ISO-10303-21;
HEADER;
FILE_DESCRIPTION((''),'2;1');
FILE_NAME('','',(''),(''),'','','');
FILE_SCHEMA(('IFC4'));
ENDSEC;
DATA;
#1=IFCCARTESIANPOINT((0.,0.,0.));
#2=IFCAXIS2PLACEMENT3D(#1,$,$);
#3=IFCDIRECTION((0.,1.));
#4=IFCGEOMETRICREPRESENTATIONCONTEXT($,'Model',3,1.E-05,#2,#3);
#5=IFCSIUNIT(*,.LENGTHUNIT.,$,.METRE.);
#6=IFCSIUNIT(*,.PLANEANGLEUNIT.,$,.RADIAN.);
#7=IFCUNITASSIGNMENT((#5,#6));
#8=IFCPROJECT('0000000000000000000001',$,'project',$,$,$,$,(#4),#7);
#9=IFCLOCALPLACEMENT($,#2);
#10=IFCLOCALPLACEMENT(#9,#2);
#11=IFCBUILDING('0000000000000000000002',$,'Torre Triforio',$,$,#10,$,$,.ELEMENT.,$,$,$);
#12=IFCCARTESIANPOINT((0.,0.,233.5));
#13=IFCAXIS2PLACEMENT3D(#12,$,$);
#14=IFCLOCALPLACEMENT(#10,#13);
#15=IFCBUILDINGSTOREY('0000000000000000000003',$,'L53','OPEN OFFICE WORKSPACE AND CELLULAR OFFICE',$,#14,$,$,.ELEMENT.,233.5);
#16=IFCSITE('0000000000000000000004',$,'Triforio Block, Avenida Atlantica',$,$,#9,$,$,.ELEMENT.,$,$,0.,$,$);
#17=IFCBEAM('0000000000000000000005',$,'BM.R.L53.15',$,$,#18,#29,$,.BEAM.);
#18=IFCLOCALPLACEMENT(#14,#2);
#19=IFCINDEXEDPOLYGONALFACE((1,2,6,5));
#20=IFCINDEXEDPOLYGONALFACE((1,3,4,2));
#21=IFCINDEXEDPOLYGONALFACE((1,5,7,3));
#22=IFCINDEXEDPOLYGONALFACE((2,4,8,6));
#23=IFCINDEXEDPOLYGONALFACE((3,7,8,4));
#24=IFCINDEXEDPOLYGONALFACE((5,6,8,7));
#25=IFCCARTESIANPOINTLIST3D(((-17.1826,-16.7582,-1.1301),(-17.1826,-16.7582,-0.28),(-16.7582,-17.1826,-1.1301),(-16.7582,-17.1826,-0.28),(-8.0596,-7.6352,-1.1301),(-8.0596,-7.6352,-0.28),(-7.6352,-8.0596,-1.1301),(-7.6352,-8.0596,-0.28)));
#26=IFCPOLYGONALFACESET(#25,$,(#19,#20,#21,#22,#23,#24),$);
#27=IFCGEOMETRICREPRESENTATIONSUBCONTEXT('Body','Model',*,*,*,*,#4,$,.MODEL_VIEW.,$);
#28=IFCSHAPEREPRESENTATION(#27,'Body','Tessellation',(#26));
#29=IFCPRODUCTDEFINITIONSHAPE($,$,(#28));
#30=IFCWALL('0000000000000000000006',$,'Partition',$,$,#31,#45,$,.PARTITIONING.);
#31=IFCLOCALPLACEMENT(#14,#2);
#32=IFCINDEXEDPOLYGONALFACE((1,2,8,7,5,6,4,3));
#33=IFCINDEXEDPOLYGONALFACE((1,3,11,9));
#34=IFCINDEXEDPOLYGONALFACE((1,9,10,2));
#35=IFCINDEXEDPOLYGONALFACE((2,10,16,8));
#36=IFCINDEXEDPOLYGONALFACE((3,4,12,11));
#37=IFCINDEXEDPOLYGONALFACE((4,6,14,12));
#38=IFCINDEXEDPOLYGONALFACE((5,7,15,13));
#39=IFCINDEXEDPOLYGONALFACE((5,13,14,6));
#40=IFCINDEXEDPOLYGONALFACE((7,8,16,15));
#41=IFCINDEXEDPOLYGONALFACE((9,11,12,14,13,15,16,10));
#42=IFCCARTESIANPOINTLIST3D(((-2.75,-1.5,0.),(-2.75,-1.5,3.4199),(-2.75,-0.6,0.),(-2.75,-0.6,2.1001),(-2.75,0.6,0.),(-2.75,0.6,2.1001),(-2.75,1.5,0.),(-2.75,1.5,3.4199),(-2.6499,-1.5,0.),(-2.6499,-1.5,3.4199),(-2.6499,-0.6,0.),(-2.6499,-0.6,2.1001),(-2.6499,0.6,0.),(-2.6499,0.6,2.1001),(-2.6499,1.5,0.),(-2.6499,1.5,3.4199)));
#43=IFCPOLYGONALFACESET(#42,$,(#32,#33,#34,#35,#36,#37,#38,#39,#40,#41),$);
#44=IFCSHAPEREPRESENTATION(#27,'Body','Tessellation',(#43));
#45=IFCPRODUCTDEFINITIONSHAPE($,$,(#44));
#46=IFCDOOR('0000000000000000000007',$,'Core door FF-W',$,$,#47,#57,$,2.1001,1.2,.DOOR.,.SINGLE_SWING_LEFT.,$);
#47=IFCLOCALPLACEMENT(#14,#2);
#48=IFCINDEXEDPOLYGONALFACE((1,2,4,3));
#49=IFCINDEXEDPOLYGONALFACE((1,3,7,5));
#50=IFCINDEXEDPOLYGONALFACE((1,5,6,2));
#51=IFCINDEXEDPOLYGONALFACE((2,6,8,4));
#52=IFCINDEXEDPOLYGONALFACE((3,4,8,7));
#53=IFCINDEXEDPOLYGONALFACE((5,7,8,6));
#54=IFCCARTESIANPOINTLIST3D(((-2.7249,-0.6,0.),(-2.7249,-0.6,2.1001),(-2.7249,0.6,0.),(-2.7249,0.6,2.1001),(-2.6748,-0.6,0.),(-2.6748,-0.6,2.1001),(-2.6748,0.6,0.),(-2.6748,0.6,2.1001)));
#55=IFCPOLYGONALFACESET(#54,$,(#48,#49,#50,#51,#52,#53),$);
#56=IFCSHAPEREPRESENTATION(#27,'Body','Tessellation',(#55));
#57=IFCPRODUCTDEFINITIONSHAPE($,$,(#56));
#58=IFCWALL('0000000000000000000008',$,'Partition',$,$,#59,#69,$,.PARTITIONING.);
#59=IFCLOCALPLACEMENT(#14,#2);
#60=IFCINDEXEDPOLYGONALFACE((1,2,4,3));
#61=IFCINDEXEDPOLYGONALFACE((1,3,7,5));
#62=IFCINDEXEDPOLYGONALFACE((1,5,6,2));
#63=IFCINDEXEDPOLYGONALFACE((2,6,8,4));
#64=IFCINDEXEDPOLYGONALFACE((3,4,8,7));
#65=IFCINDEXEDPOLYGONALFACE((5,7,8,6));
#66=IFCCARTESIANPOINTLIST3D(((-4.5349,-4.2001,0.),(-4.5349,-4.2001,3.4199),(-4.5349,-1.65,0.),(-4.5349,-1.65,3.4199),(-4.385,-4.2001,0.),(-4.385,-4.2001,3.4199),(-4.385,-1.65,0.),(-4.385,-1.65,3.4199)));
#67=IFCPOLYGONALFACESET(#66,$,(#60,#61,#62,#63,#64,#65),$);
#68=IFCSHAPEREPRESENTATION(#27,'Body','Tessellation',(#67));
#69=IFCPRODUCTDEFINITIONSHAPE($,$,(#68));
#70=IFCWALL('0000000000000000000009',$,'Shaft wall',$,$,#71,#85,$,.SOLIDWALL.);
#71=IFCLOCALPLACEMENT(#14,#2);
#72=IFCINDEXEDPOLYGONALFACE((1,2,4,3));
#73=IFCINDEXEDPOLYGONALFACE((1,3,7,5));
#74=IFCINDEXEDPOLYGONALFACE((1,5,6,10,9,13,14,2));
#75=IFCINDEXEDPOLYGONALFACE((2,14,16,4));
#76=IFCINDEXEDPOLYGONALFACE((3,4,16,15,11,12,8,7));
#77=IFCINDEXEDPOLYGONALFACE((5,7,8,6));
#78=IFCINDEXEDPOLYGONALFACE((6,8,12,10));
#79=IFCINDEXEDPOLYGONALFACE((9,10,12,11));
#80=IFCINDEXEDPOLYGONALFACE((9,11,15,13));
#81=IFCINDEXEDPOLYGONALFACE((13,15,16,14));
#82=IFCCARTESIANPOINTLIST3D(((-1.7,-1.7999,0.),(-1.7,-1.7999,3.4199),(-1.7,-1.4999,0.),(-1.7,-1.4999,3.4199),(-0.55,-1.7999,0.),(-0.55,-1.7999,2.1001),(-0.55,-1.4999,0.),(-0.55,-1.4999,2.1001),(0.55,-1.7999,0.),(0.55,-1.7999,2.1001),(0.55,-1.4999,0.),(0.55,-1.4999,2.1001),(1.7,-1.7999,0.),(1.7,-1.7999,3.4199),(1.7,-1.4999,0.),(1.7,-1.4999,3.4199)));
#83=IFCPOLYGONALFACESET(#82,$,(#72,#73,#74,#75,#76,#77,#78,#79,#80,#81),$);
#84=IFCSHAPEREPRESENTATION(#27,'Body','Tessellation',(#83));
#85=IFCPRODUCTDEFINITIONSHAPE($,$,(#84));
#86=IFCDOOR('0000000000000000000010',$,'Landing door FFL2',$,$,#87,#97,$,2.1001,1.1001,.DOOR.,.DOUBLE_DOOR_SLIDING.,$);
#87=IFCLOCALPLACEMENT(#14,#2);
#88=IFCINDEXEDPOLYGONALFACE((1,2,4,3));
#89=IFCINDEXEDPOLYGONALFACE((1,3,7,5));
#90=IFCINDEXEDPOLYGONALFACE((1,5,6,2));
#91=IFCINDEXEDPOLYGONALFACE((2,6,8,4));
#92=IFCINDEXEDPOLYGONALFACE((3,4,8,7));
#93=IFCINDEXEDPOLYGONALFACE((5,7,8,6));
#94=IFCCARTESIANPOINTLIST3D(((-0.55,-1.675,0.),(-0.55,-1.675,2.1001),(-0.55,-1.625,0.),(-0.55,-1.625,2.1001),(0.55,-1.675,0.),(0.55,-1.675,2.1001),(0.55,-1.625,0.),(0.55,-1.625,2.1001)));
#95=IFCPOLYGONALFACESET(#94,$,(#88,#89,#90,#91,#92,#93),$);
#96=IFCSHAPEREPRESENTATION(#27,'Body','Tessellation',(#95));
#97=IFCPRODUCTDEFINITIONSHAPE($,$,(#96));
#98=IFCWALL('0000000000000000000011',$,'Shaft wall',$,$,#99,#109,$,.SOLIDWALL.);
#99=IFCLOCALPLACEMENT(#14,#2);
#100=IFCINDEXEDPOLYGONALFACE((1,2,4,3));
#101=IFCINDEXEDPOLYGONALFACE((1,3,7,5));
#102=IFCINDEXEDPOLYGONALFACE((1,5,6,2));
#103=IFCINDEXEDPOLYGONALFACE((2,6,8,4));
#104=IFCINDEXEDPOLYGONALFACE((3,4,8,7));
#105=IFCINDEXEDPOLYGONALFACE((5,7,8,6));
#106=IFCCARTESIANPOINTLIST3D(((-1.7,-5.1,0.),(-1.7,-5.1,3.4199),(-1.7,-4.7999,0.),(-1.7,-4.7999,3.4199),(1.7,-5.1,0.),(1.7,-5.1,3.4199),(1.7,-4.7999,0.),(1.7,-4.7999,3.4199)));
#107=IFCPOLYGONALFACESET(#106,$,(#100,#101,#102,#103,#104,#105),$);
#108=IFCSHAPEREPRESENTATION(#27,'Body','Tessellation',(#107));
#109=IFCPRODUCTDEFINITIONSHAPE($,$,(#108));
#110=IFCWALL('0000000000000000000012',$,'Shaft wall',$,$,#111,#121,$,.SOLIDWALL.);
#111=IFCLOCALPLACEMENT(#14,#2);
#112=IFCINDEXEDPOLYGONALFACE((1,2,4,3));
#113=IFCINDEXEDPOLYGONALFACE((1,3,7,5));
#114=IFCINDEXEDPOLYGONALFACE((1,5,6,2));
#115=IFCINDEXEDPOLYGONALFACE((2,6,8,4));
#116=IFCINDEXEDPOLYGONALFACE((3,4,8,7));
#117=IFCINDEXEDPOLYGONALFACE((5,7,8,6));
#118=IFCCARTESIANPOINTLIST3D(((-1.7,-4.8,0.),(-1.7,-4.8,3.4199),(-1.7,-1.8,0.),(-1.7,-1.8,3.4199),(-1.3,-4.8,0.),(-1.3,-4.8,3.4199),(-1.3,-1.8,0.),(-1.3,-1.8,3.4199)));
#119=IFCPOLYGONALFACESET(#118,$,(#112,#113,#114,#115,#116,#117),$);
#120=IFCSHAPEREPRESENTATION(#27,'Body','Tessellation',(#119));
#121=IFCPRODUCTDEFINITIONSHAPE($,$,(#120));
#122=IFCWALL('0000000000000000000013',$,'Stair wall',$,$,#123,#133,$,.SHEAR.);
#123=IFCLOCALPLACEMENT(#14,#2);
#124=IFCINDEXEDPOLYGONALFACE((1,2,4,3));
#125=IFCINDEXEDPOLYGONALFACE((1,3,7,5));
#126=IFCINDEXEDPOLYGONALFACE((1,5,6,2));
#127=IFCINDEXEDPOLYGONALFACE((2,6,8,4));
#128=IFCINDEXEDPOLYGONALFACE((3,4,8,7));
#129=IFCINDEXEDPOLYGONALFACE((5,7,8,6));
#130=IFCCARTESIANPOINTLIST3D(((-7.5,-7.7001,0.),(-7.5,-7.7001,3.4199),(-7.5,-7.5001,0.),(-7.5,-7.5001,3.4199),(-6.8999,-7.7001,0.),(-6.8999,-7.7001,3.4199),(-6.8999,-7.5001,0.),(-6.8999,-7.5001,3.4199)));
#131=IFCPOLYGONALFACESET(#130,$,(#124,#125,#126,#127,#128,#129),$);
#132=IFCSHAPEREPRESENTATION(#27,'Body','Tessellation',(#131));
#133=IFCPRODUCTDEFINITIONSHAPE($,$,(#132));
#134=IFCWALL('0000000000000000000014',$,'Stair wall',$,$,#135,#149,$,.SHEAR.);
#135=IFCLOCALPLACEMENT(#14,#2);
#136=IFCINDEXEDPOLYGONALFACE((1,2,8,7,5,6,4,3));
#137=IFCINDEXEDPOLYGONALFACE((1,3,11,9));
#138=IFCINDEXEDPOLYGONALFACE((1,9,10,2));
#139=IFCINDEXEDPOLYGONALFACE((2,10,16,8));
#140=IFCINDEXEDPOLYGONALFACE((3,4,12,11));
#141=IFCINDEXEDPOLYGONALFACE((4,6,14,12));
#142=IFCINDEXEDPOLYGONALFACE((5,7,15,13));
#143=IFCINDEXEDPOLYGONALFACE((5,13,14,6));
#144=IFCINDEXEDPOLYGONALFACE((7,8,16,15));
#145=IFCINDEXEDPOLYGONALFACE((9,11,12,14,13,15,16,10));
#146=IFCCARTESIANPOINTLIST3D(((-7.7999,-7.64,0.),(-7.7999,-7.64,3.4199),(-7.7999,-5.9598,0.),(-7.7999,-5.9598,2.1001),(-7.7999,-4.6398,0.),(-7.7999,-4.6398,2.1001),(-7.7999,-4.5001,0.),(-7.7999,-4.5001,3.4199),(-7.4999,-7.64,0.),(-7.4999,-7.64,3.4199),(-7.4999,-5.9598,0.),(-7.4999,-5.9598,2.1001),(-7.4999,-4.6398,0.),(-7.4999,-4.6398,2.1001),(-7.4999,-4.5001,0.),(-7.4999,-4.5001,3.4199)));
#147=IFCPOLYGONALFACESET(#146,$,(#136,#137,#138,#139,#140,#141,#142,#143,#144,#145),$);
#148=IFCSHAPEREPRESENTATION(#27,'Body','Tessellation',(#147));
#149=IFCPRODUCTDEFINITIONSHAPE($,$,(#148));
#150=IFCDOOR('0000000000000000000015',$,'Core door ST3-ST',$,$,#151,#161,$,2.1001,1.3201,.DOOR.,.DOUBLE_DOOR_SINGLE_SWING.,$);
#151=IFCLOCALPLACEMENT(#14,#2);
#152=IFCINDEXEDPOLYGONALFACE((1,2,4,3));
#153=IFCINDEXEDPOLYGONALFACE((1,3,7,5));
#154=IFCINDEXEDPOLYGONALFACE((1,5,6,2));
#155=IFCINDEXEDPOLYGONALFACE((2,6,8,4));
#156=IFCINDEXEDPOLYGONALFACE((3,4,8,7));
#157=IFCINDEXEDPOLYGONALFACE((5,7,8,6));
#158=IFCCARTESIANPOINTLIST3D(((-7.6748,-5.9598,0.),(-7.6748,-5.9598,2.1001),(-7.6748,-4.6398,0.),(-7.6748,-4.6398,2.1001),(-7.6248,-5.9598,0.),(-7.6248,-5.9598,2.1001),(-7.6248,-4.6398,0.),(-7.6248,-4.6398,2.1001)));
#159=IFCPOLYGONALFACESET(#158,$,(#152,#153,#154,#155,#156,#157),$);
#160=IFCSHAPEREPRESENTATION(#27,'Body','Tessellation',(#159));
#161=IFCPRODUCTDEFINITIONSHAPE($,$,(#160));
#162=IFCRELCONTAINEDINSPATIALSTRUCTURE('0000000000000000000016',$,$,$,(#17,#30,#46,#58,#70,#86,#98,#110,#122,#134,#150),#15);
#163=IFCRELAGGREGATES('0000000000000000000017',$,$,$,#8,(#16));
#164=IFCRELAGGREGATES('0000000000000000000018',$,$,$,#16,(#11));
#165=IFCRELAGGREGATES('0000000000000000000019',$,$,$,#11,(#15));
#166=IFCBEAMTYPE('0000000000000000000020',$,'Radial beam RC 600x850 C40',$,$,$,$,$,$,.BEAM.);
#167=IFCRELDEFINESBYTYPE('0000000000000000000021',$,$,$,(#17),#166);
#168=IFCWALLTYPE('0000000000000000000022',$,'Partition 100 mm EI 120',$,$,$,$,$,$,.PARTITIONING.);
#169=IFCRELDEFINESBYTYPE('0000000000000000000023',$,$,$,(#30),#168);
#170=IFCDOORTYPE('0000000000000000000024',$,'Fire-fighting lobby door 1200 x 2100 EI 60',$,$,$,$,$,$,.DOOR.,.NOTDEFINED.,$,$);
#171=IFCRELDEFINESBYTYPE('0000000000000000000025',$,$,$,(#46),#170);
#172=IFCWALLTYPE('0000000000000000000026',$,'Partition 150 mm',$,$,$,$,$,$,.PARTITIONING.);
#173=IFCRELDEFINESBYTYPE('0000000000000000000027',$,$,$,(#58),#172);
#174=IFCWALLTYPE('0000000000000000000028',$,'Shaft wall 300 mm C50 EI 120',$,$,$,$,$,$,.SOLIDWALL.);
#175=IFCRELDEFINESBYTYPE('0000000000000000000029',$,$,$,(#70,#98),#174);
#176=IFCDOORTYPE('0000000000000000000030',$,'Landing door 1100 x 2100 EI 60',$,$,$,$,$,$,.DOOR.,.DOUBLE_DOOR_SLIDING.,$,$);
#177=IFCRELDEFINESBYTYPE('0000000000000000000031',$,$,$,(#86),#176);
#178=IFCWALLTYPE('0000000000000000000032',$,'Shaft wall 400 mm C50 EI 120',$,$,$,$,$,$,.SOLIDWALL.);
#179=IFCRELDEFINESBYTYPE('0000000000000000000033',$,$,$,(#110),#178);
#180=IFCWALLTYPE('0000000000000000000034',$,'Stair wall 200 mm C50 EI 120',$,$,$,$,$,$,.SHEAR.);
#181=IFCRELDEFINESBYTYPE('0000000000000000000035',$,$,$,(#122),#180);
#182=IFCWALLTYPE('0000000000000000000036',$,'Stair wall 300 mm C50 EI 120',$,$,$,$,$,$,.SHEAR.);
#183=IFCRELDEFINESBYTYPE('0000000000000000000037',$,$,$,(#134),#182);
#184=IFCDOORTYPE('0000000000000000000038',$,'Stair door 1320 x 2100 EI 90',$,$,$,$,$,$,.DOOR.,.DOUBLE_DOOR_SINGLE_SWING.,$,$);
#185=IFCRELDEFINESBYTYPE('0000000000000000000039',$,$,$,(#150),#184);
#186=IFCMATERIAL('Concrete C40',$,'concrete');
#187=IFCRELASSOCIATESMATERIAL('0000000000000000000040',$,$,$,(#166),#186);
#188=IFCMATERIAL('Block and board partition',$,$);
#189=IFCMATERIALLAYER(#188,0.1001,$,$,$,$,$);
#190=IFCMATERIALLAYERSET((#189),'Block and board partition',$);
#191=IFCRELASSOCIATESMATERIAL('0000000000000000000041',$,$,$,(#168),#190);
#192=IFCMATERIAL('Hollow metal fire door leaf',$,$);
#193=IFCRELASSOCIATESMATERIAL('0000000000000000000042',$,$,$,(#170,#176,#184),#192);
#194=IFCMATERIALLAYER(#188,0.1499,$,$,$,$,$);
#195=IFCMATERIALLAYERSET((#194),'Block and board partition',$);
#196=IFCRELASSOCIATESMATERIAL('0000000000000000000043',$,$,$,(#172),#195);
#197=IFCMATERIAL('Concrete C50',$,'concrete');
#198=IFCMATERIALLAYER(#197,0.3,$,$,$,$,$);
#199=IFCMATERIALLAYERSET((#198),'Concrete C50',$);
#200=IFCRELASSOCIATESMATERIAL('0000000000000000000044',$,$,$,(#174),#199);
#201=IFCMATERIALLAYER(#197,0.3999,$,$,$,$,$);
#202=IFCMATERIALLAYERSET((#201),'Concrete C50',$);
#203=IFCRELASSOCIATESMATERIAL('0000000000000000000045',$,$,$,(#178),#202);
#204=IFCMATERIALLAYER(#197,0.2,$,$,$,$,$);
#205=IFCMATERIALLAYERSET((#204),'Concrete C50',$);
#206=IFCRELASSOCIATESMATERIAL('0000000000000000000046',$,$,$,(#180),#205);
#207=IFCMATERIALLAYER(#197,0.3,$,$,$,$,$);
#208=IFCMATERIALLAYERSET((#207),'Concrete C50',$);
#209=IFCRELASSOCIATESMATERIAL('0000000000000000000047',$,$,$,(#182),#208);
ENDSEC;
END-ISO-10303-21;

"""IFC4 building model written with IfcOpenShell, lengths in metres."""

from ifc_helpers import new_model, si_unit, direction, frame, frame_2d, origin, origin_2d, place, context, subcontext, project, spatial, rectangle, extrude, material, layer, layer_set, material_profile, profile_set, type_object, element, fill, save


model = new_model("IFC4")

# Units and contexts
model_context = context("Model", 3, precision=1e-05, world=origin(), true_north=direction((0.0, 1.0)))
body_context = subcontext(model_context, "Body", "Model", "MODEL_VIEW")
ifc_project = project(units=[si_unit("LENGTHUNIT", "METRE"), si_unit("PLANEANGLEUNIT", "RADIAN")], contexts=[model_context])

# Site, building, storey
site_placement = place(None, origin())
site = spatial("IfcSite", under=ifc_project, at=site_placement, Name="Triforio Block, Avenida Atlantica", CompositionType="ELEMENT", RefElevation=0.0)
building_placement = place(site_placement, origin())
building = spatial("IfcBuilding", under=site, at=building_placement, Name="Torre Triforio", CompositionType="ELEMENT")
storey_placement = place(building_placement, frame((0.0, 0.0, 233.5)))
storey = spatial("IfcBuildingStorey", under=building, at=storey_placement, Name="L53", Description="OPEN OFFICE WORKSPACE AND CELLULAR OFFICE", CompositionType="ELEMENT", Elevation=233.5)

# Beam
ifc_material_1 = material(Name="Concrete C40", Category="concrete")
ifc_material_profile = material_profile(ifc_material_1, rectangle(XDim=0.6001, YDim=0.8501, at=origin_2d()), Name="RC 600x850")
ifc_profile_set = profile_set([ifc_material_profile], Name="Concrete C40")
beam_type = type_object("IfcBeamType", Name="Radial beam RC 600x850 C40", PredefinedType="BEAM", material=ifc_profile_set)
beam_placement = place(storey_placement, frame((-7.8474, -7.8474, -0.7051), z_axis=(-0.707107, -0.707107, 0.0), x_axis=(0.707107, -0.707107, 0.0)))
element("IfcBeam", 1, at=beam_placement, inside=storey, type_object=beam_type, Name="BM.R.L53.15", PredefinedType="BEAM", context=body_context, shape_type="SweptSolid", body=[
    extrude(rectangle(XDim=0.6001, YDim=0.8501, at=origin_2d()), origin(), (0.0, 0.0, 1.0), 12.9019),
])

# Wall, opening, door
ifc_material_2 = material(Name="Block and board partition")
ifc_layer_1 = layer(ifc_material_2, 0.1001)
ifc_layer_set_1 = layer_set([ifc_layer_1], Name="Block and board partition")
wall_type_1 = type_object("IfcWallType", Name="Partition 100 mm EI 120", PredefinedType="PARTITIONING", material=ifc_layer_set_1)
wall_1_placement = place(storey_placement, frame((-2.7, -1.5, 0.0), z_axis=(0.0, 0.0, 1.0), x_axis=(0.0, 1.0, 0.0)))
wall_1 = element("IfcWall", 2, at=wall_1_placement, inside=storey, type_object=wall_type_1, Name="Partition", PredefinedType="PARTITIONING", context=body_context, shape_type="SweptSolid", body=[
    extrude(rectangle(XDim=3.0, YDim=0.1001, at=frame_2d((1.5, 0.0))), origin(), (0.0, 0.0, 1.0), 3.4199),
])
opening_1_placement = place(wall_1_placement, frame((0.8999, 0.0, 0.0)))
opening_1 = element("IfcOpeningElement", 3, at=opening_1_placement, cuts=wall_1, PredefinedType="OPENING", context=body_context, shape_type="SweptSolid", body=[
    extrude(rectangle(XDim=1.2, YDim=2.1001, at=frame_2d((0.6001, 1.05))), frame((0.0, 0.0601, 0.0), z_axis=(0.0, -1.0, 0.0), x_axis=(1.0, 0.0, 0.0)), (0.0, 0.0, 1.0), 0.1201),
])
ifc_material_3 = material(Name="Hollow metal fire door leaf")
door_type_1 = type_object("IfcDoorType", Name="Fire-fighting lobby door 1200 x 2100 EI 60", OperationType="NOTDEFINED", PredefinedType="DOOR", material=ifc_material_3)
door_1_placement = place(opening_1_placement, origin())
door_1 = element("IfcDoor", 4, at=door_1_placement, inside=storey, type_object=door_type_1, Name="Core door FF-W", OperationType="SINGLE_SWING_LEFT", OverallHeight=2.1001, OverallWidth=1.2, PredefinedType="DOOR", context=body_context, shape_type="SweptSolid", body=[
    extrude(rectangle(XDim=1.2, YDim=2.1001, at=frame_2d((0.6001, 1.05))), frame((0.0, 0.0249, 0.0), z_axis=(0.0, -1.0, 0.0), x_axis=(1.0, 0.0, 0.0)), (0.0, 0.0, 1.0), 0.05),
])
fill(opening_1, door_1)

# Wall
ifc_layer_2 = layer(ifc_material_2, 0.1499)
ifc_layer_set_2 = layer_set([ifc_layer_2], Name="Block and board partition")
wall_type_2 = type_object("IfcWallType", Name="Partition 150 mm", PredefinedType="PARTITIONING", material=ifc_layer_set_2)
wall_2_placement = place(storey_placement, frame((-4.46, -4.2, 0.0), z_axis=(0.0, 0.0, 1.0), x_axis=(0.0, 1.0, 0.0)))
element("IfcWall", 5, at=wall_2_placement, inside=storey, type_object=wall_type_2, Name="Partition", PredefinedType="PARTITIONING", context=body_context, shape_type="SweptSolid", body=[
    extrude(rectangle(XDim=2.55, YDim=0.1499, at=frame_2d((1.2749, 0.0))), origin(), (0.0, 0.0, 1.0), 3.4199),
])

# Wall, opening, door
ifc_material_4 = material(Name="Concrete C50", Category="concrete")
ifc_layer_3 = layer(ifc_material_4, 0.3)
ifc_layer_set_3 = layer_set([ifc_layer_3], Name="Concrete C50")
wall_type_3 = type_object("IfcWallType", Name="Shaft wall 300 mm C50 EI 120", PredefinedType="SOLIDWALL", material=ifc_layer_set_3)
wall_3_placement = place(storey_placement, frame((-1.7, -1.6499, 0.0), z_axis=(0.0, 0.0, 1.0), x_axis=(1.0, 0.0, 0.0)))
wall_3 = element("IfcWall", 6, at=wall_3_placement, inside=storey, type_object=wall_type_3, Name="Shaft wall", PredefinedType="SOLIDWALL", context=body_context, shape_type="SweptSolid", body=[
    extrude(rectangle(XDim=3.3999, YDim=0.3, at=frame_2d((1.7, 0.0))), origin(), (0.0, 0.0, 1.0), 3.4199),
])
opening_2_placement = place(wall_3_placement, frame((1.1499, 0.0, 0.0)))
opening_2 = element("IfcOpeningElement", 7, at=opening_2_placement, cuts=wall_3, PredefinedType="OPENING", context=body_context, shape_type="SweptSolid", body=[
    extrude(rectangle(XDim=1.1001, YDim=2.1001, at=frame_2d((0.55, 1.05))), frame((0.0, 0.1599, 0.0), z_axis=(0.0, -1.0, 0.0), x_axis=(1.0, 0.0, 0.0)), (0.0, 0.0, 1.0), 0.3201),
])
door_type_2 = type_object("IfcDoorType", Name="Landing door 1100 x 2100 EI 60", OperationType="DOUBLE_DOOR_SLIDING", PredefinedType="DOOR", material=ifc_material_3)
door_2_placement = place(opening_2_placement, origin())
door_2 = element("IfcDoor", 8, at=door_2_placement, inside=storey, type_object=door_type_2, Name="Landing door FFL2", OperationType="DOUBLE_DOOR_SLIDING", OverallHeight=2.1001, OverallWidth=1.1001, PredefinedType="DOOR", context=body_context, shape_type="SweptSolid", body=[
    extrude(rectangle(XDim=1.1001, YDim=2.1001, at=frame_2d((0.55, 1.05))), frame((0.0, 0.0249, 0.0), z_axis=(0.0, -1.0, 0.0), x_axis=(1.0, 0.0, 0.0)), (0.0, 0.0, 1.0), 0.05),
])
fill(opening_2, door_2)

# Walls
wall_4_placement = place(storey_placement, frame((-1.7, -4.95, 0.0), z_axis=(0.0, 0.0, 1.0), x_axis=(1.0, 0.0, 0.0)))
element("IfcWall", 9, at=wall_4_placement, inside=storey, type_object=wall_type_3, Name="Shaft wall", PredefinedType="SOLIDWALL", context=body_context, shape_type="SweptSolid", body=[
    extrude(rectangle(XDim=3.3999, YDim=0.3, at=frame_2d((1.7, 0.0))), origin(), (0.0, 0.0, 1.0), 3.4199),
])
ifc_layer_4 = layer(ifc_material_4, 0.3999)
ifc_layer_set_4 = layer_set([ifc_layer_4], Name="Concrete C50")
wall_type_4 = type_object("IfcWallType", Name="Shaft wall 400 mm C50 EI 120", PredefinedType="SOLIDWALL", material=ifc_layer_set_4)
wall_5_placement = place(storey_placement, frame((-1.5, -4.8, 0.0), z_axis=(0.0, 0.0, 1.0), x_axis=(0.0, 1.0, 0.0)))
element("IfcWall", 10, at=wall_5_placement, inside=storey, type_object=wall_type_4, Name="Shaft wall", PredefinedType="SOLIDWALL", context=body_context, shape_type="SweptSolid", body=[
    extrude(rectangle(XDim=3.0, YDim=0.3999, at=frame_2d((1.5, 0.0))), origin(), (0.0, 0.0, 1.0), 3.4199),
])
ifc_layer_5 = layer(ifc_material_4, 0.2)
ifc_layer_set_5 = layer_set([ifc_layer_5], Name="Concrete C50")
wall_type_5 = type_object("IfcWallType", Name="Stair wall 200 mm C50 EI 120", PredefinedType="SHEAR", material=ifc_layer_set_5)
wall_6_placement = place(storey_placement, frame((-7.5, -7.6001, 0.0), z_axis=(0.0, 0.0, 1.0), x_axis=(1.0, 0.0, 0.0)))
element("IfcWall", 11, at=wall_6_placement, inside=storey, type_object=wall_type_5, Name="Stair wall", PredefinedType="SHEAR", context=body_context, shape_type="SweptSolid", body=[
    extrude(rectangle(XDim=0.6001, YDim=0.2, at=frame_2d((0.3, 0.0))), origin(), (0.0, 0.0, 1.0), 3.4199),
])

# Wall, opening, door
ifc_layer_6 = layer(ifc_material_4, 0.3)
ifc_layer_set_6 = layer_set([ifc_layer_6], Name="Concrete C50")
wall_type_6 = type_object("IfcWallType", Name="Stair wall 300 mm C50 EI 120", PredefinedType="SHEAR", material=ifc_layer_set_6)
wall_7_placement = place(storey_placement, frame((-7.6499, -7.6399, 0.0), z_axis=(0.0, 0.0, 1.0), x_axis=(0.0, 1.0, 0.0)))
wall_7 = element("IfcWall", 12, at=wall_7_placement, inside=storey, type_object=wall_type_6, Name="Stair wall", PredefinedType="SHEAR", context=body_context, shape_type="SweptSolid", body=[
    extrude(rectangle(XDim=3.1399, YDim=0.3, at=frame_2d((1.5698, 0.0))), origin(), (0.0, 0.0, 1.0), 3.4199),
])
opening_3_placement = place(wall_7_placement, frame((1.6799, 0.0, 0.0)))
opening_3 = element("IfcOpeningElement", 13, at=opening_3_placement, cuts=wall_7, PredefinedType="OPENING", context=body_context, shape_type="SweptSolid", body=[
    extrude(rectangle(XDim=1.3201, YDim=2.1001, at=frame_2d((0.6602, 1.05))), frame((0.0, 0.1599, 0.0), z_axis=(0.0, -1.0, 0.0), x_axis=(1.0, 0.0, 0.0)), (0.0, 0.0, 1.0), 0.3201),
])
door_type_3 = type_object("IfcDoorType", Name="Stair door 1320 x 2100 EI 90", OperationType="DOUBLE_DOOR_SINGLE_SWING", PredefinedType="DOOR", material=ifc_material_3)
door_3_placement = place(opening_3_placement, origin())
door_3 = element("IfcDoor", 14, at=door_3_placement, inside=storey, type_object=door_type_3, Name="Core door ST3-ST", OperationType="DOUBLE_DOOR_SINGLE_SWING", OverallHeight=2.1001, OverallWidth=1.3201, PredefinedType="DOOR", context=body_context, shape_type="SweptSolid", body=[
    extrude(rectangle(XDim=1.3201, YDim=2.1001, at=frame_2d((0.6602, 1.05))), frame((0.0, 0.0249, 0.0), z_axis=(0.0, -1.0, 0.0), x_axis=(1.0, 0.0, 0.0)), (0.0, 0.0, 1.0), 0.05),
])
fill(opening_3, door_3)

save(model, "model.ifc")
